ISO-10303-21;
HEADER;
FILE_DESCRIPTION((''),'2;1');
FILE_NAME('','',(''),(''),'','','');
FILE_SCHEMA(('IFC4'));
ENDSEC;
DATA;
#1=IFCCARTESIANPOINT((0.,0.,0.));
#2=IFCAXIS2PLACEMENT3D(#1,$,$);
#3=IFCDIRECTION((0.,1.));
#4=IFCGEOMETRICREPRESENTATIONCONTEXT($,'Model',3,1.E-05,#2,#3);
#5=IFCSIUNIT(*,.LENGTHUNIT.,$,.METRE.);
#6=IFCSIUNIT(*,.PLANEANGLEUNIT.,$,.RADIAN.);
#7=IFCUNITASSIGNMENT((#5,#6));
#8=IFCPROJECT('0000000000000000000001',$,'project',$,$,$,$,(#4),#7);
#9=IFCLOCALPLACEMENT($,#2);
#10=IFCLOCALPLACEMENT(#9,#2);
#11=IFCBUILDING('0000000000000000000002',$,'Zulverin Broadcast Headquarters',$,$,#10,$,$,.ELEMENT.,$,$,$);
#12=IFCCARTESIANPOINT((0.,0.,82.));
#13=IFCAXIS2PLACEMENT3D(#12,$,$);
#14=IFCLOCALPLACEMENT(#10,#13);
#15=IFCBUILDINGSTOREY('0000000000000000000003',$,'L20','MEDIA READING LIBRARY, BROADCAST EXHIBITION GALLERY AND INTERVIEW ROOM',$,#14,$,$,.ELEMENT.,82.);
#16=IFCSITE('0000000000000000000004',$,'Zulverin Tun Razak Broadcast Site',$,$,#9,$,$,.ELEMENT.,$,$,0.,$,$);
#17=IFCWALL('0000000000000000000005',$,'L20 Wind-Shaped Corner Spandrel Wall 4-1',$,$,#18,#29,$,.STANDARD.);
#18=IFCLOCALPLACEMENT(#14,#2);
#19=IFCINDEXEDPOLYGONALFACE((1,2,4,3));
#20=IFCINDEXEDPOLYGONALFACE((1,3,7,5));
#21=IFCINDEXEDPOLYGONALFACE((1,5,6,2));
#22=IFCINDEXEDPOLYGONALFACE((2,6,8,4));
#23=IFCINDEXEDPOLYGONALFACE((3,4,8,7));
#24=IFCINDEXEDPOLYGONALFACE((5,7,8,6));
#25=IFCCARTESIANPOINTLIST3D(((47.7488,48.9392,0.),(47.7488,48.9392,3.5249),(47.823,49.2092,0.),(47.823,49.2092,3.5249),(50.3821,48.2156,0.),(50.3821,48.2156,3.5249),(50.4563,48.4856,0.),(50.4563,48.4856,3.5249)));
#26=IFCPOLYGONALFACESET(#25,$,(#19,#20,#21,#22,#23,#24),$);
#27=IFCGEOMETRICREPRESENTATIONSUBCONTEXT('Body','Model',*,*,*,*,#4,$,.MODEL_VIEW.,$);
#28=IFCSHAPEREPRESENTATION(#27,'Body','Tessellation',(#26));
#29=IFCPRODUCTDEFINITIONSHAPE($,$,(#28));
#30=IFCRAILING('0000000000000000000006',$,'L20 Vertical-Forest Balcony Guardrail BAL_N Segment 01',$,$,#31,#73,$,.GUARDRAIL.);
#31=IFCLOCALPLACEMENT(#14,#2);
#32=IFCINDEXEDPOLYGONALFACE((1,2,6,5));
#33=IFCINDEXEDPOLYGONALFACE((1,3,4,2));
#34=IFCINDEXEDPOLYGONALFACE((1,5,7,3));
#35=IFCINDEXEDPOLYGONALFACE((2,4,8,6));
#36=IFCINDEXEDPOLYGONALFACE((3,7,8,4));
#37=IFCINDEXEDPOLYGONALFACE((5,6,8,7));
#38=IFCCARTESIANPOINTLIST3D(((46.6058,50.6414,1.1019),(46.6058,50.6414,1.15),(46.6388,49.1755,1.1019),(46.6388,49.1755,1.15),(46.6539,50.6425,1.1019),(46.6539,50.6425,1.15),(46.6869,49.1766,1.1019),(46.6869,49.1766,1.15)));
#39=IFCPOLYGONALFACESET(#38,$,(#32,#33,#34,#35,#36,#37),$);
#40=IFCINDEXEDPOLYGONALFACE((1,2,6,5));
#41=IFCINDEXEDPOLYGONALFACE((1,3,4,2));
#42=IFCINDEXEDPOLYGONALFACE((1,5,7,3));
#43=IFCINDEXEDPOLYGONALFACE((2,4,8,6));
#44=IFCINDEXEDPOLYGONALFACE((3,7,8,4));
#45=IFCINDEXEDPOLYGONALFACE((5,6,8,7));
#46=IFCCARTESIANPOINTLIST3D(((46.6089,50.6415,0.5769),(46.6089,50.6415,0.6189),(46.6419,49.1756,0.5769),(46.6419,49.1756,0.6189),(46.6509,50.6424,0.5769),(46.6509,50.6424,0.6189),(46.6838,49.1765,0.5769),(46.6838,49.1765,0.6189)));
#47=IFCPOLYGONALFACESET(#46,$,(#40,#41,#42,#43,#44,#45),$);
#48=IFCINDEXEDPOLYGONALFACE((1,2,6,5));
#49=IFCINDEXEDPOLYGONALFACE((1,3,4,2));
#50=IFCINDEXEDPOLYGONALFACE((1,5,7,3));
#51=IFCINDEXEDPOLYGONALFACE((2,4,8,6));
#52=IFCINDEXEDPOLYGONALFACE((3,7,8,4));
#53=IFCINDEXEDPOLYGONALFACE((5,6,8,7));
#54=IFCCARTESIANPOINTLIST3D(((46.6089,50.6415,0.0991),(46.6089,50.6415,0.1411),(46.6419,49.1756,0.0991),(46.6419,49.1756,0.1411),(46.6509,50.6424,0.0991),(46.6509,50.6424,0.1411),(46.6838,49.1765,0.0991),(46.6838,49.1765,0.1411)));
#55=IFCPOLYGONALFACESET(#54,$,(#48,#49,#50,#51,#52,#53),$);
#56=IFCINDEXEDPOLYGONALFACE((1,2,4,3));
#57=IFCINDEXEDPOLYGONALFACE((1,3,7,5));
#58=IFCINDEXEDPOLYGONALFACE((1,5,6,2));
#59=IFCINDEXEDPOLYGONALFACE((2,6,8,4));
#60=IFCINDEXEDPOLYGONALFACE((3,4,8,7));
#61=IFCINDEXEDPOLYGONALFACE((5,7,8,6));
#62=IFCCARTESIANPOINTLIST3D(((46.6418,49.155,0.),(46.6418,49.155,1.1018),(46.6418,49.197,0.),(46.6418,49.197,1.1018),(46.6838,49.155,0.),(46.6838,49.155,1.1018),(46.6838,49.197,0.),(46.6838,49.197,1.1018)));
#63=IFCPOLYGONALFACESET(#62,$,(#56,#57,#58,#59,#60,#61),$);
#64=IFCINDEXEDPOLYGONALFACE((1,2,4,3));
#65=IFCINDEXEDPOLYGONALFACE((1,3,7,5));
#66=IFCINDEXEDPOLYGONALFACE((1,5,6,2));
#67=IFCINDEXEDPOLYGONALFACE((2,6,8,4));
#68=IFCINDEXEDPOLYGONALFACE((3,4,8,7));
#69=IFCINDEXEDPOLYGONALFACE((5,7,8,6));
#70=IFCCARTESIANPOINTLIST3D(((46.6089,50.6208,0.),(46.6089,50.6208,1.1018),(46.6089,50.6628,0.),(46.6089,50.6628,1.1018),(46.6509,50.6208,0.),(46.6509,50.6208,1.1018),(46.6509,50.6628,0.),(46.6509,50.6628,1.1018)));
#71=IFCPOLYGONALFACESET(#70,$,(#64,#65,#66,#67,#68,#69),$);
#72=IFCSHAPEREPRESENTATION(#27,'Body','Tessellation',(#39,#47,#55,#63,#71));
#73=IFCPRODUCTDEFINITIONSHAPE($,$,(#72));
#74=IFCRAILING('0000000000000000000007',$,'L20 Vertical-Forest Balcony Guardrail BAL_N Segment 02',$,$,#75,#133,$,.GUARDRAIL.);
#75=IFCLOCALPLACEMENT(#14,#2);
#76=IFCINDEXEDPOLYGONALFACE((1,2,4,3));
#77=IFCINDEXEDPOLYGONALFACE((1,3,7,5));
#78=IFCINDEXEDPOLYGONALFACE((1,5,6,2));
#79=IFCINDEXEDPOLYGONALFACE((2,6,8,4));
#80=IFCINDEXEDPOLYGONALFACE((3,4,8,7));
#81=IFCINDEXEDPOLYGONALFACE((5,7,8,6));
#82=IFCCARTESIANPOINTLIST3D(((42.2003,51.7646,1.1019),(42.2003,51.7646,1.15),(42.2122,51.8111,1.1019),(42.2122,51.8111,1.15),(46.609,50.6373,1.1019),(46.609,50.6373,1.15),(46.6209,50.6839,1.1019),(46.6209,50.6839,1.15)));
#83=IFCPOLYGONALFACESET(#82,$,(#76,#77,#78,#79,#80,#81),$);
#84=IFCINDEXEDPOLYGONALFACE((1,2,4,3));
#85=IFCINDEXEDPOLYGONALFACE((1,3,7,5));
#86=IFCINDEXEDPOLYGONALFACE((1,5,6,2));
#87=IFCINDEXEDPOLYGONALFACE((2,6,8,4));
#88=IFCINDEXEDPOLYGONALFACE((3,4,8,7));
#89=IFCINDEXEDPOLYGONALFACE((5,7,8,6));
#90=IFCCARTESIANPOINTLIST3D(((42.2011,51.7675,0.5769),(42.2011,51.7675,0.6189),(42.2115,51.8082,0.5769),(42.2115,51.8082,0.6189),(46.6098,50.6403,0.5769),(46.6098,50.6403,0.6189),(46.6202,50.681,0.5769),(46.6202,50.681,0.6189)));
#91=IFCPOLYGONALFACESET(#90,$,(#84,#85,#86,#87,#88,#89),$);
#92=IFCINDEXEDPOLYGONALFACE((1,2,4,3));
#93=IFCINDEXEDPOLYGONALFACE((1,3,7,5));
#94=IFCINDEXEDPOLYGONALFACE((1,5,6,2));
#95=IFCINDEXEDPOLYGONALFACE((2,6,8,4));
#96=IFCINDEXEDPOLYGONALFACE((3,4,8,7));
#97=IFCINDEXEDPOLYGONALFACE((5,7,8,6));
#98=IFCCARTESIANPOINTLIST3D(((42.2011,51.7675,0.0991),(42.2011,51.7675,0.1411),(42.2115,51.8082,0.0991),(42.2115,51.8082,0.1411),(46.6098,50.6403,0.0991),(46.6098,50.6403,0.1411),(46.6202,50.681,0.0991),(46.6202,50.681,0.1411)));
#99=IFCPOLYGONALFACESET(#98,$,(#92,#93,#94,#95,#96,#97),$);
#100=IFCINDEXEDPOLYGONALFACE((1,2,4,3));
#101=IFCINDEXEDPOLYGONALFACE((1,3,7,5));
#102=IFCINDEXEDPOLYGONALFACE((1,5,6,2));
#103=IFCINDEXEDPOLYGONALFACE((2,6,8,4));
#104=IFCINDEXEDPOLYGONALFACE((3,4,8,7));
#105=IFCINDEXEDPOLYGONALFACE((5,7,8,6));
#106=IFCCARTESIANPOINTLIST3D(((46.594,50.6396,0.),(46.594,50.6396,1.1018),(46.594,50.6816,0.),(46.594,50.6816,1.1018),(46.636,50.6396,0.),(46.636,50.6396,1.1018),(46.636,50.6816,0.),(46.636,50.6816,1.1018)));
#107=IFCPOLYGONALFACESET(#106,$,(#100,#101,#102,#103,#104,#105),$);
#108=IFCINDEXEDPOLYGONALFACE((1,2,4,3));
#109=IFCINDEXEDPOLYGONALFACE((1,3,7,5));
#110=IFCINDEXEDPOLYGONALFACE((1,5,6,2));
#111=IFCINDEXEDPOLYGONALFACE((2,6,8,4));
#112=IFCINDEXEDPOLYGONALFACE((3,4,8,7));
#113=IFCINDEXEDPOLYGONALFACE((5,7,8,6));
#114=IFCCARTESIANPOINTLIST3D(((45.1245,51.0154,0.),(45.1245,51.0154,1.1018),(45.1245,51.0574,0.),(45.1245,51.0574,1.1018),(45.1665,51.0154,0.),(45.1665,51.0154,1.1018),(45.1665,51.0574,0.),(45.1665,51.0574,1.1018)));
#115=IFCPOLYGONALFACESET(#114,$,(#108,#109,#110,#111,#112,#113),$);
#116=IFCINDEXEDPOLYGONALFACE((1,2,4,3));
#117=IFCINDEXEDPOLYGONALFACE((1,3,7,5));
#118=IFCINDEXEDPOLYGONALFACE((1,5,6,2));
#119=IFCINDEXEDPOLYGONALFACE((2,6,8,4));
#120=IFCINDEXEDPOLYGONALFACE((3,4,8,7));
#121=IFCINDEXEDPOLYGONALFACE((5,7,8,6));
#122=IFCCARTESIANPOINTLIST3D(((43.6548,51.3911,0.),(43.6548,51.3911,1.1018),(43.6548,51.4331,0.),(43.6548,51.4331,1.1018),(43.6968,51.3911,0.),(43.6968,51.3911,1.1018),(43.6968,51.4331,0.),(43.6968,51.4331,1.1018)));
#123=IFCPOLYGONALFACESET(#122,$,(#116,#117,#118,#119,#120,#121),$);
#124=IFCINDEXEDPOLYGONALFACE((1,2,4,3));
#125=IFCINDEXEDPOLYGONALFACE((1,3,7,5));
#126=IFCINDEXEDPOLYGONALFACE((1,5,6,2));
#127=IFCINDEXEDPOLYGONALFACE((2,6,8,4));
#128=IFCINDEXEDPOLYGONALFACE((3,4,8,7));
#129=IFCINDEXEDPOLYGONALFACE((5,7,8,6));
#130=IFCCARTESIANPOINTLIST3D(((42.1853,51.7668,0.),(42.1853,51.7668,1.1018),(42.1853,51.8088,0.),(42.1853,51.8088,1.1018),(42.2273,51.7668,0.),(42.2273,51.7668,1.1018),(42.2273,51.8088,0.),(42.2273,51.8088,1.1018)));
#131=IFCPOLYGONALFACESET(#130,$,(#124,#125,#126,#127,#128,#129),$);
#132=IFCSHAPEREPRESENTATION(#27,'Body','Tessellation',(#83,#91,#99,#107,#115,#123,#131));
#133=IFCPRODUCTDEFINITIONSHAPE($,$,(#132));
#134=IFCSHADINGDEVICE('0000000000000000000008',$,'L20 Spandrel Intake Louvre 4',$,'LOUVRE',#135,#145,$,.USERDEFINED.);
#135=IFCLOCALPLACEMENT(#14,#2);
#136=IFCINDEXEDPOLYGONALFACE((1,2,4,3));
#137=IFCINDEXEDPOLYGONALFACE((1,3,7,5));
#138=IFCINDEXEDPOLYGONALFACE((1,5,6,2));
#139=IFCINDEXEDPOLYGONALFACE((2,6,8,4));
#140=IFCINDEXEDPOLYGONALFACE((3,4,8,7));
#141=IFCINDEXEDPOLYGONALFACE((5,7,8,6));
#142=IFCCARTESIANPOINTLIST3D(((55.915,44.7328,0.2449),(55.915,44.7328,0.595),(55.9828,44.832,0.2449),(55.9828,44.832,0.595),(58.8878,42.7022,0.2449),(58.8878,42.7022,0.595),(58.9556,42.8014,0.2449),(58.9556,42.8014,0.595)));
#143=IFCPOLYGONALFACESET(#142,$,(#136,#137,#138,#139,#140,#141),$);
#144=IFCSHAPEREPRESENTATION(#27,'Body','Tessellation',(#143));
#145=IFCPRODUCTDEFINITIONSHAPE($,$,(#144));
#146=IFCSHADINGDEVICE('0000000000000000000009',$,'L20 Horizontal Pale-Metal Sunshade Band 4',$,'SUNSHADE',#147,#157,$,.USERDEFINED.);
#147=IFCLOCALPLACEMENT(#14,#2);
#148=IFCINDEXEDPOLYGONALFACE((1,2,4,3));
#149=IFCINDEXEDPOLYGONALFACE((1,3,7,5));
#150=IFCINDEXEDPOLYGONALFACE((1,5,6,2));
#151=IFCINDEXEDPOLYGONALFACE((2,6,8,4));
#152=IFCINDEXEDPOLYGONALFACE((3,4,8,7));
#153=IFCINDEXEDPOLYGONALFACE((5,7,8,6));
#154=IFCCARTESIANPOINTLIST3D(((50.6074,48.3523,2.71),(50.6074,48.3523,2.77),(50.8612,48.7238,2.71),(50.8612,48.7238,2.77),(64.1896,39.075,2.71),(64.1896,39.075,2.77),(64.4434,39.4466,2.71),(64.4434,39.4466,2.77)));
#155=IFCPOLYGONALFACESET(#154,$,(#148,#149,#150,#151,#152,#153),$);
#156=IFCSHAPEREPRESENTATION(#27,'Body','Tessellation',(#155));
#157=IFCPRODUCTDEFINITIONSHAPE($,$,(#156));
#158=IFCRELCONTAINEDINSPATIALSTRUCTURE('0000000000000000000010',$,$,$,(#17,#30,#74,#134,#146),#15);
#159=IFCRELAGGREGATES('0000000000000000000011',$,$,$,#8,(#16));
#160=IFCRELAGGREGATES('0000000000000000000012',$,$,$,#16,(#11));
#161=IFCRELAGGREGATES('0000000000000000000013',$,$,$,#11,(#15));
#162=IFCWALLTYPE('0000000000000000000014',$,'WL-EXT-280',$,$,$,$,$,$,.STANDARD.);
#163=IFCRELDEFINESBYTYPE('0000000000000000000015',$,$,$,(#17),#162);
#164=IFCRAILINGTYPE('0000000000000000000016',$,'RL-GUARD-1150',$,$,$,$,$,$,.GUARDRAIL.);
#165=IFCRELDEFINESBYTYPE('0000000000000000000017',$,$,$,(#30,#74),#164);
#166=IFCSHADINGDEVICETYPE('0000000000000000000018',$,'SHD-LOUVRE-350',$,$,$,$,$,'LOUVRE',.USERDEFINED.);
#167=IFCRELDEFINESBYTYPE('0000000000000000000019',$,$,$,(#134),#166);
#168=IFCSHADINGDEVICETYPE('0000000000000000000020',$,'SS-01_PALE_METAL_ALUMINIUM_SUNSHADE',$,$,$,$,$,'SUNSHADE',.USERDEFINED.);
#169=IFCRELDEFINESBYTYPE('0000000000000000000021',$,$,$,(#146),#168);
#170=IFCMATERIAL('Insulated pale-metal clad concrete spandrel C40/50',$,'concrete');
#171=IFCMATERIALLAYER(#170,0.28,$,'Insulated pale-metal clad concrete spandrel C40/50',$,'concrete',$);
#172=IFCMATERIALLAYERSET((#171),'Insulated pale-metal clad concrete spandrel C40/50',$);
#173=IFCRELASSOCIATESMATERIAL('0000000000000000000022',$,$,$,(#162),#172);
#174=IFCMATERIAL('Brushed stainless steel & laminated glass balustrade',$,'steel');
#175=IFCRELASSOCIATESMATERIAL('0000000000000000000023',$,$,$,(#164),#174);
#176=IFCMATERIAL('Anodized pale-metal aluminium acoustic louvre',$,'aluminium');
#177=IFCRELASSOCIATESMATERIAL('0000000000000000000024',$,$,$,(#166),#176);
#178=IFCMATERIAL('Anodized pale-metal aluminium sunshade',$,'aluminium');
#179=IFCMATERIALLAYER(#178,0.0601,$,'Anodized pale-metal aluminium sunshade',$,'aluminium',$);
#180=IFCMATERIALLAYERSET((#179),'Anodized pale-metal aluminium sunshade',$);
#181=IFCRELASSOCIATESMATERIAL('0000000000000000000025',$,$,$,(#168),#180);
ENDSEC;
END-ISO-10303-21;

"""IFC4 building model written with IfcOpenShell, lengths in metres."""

from ifc_helpers import new_model, si_unit, direction, frame, frame_2d, origin, origin_2d, place, context, subcontext, project, spatial, rectangle, extrude, material, layer, layer_set, type_object, element, save


model = new_model("IFC4")

# Units and contexts
model_context = context("Model", 3, precision=1e-05, world=origin(), true_north=direction((0.0, 1.0)))
body_context = subcontext(model_context, "Body", "Model", "MODEL_VIEW")
ifc_project = project(units=[si_unit("LENGTHUNIT", "METRE"), si_unit("PLANEANGLEUNIT", "RADIAN")], contexts=[model_context])

# Site, building, storey
site_placement = place(None, origin())
site = spatial("IfcSite", under=ifc_project, at=site_placement, Name="Zulverin Tun Razak Broadcast Site", CompositionType="ELEMENT", RefElevation=0.0)
building_placement = place(site_placement, origin())
building = spatial("IfcBuilding", under=site, at=building_placement, Name="Zulverin Broadcast Headquarters", CompositionType="ELEMENT")
storey_placement = place(building_placement, frame((0.0, 0.0, 82.0)))
storey = spatial("IfcBuildingStorey", under=building, at=storey_placement, Name="L20", Description="MEDIA READING LIBRARY, BROADCAST EXHIBITION GALLERY AND INTERVIEW ROOM", CompositionType="ELEMENT", Elevation=82.0)

# Shared definitions
ifc_material_1 = material(Name="Insulated pale-metal clad concrete spandrel C40/50", Category="concrete")
ifc_layer_1 = layer(ifc_material_1, 0.28, Name="Insulated pale-metal clad concrete spandrel C40/50", Category="concrete")
ifc_layer_set_1 = layer_set([ifc_layer_1], Name="Insulated pale-metal clad concrete spandrel C40/50")
wall_type = type_object("IfcWallType", Name="WL-EXT-280", PredefinedType="STANDARD", material=ifc_layer_set_1)

# Wall
wall_1_placement = place(storey_placement, frame((50.4192, 48.3506, 0.0), z_axis=(0.0, 0.0, 1.0), x_axis=(-0.964255, 0.264978, 0.0)))
element("IfcWall", 1, at=wall_1_placement, inside=storey, type_object=wall_type, Name="L20 Wind-Shaped Corner Spandrel Wall 4-1", PredefinedType="STANDARD", context=body_context, shape_type="SweptSolid", body=[
    extrude(rectangle(XDim=2.731, YDim=0.28, at=frame_2d((1.3655, 0.0))), origin(), (0.0, 0.0, 1.0), 3.5249),
])

# Railings
ifc_material_2 = material(Name="Brushed stainless steel & laminated glass balustrade", Category="steel")
railing_type = type_object("IfcRailingType", Name="RL-GUARD-1150", PredefinedType="GUARDRAIL", material=ifc_material_2)
railing_1_placement = place(storey_placement, frame((46.6628, 49.176, 0.0)))
element("IfcRailing", 2, at=railing_1_placement, inside=storey, type_object=railing_type, Name="L20 Vertical-Forest Balcony Guardrail BAL_N Segment 01", PredefinedType="GUARDRAIL", context=body_context, shape_type="SweptSolid", body=[
    extrude(rectangle(XDim=0.0481, YDim=0.0481, at=origin_2d()), frame((0.0, 0.0, 1.126), z_axis=(-0.022479, 0.999747, 0.0), x_axis=(-0.999747, -0.022479, 0.0)), (0.0, 0.0, 1.0), 1.4663),
    extrude(rectangle(XDim=0.042, YDim=0.042, at=origin_2d()), frame((0.0, 0.0, 0.5979), z_axis=(-0.022479, 0.999747, 0.0), x_axis=(-0.999747, -0.022479, 0.0)), (0.0, 0.0, 1.0), 1.4663),
    extrude(rectangle(XDim=0.042, YDim=0.042, at=origin_2d()), frame((0.0, 0.0, 0.1201), z_axis=(-0.022479, 0.999747, 0.0), x_axis=(-0.999747, -0.022479, 0.0)), (0.0, 0.0, 1.0), 1.4663),
    extrude(rectangle(XDim=0.042, YDim=0.042, at=origin_2d()), origin(), (0.0, 0.0, 1.0), 1.1018),
    extrude(rectangle(XDim=0.042, YDim=0.042, at=origin_2d()), frame((-0.033, 1.4658, 0.0)), (0.0, 0.0, 1.0), 1.1018),
])
railing_2_placement = place(storey_placement, frame((46.615, 50.6606, 0.0)))
element("IfcRailing", 3, at=railing_2_placement, inside=storey, type_object=railing_type, Name="L20 Vertical-Forest Balcony Guardrail BAL_N Segment 02", PredefinedType="GUARDRAIL", context=body_context, shape_type="SweptSolid", body=[
    extrude(rectangle(XDim=0.0481, YDim=0.0481, at=origin_2d()), frame((0.0, 0.0, 1.126), z_axis=(-0.968835, 0.247708, 0.0), x_axis=(-0.247708, -0.968835, 0.0)), (0.0, 0.0, 1.0), 4.5505),
    extrude(rectangle(XDim=0.042, YDim=0.042, at=origin_2d()), frame((0.0, 0.0, 0.5979), z_axis=(-0.968835, 0.247708, 0.0), x_axis=(-0.247708, -0.968835, 0.0)), (0.0, 0.0, 1.0), 4.5505),
    extrude(rectangle(XDim=0.042, YDim=0.042, at=origin_2d()), frame((0.0, 0.0, 0.1201), z_axis=(-0.968835, 0.247708, 0.0), x_axis=(-0.247708, -0.968835, 0.0)), (0.0, 0.0, 1.0), 4.5505),
    extrude(rectangle(XDim=0.042, YDim=0.042, at=origin_2d()), origin(), (0.0, 0.0, 1.0), 1.1018),
    extrude(rectangle(XDim=0.042, YDim=0.042, at=origin_2d()), frame((-1.4695, 0.3757, 0.0)), (0.0, 0.0, 1.0), 1.1018),
    extrude(rectangle(XDim=0.042, YDim=0.042, at=origin_2d()), frame((-2.9392, 0.7515, 0.0)), (0.0, 0.0, 1.0), 1.1018),
    extrude(rectangle(XDim=0.042, YDim=0.042, at=origin_2d()), frame((-4.4087, 1.1272, 0.0)), (0.0, 0.0, 1.0), 1.1018),
])

# Shading devices
ifc_material_3 = material(Name="Anodized pale-metal aluminium acoustic louvre", Category="aluminium")
shading_device_type_1 = type_object("IfcShadingDeviceType", Name="SHD-LOUVRE-350", ElementType="LOUVRE", PredefinedType="USERDEFINED", material=ifc_material_3)
shading_device_1_placement = place(storey_placement, frame((57.4353, 43.7671, 0.2449), z_axis=(0.0, 0.0, 1.0), x_axis=(-0.825757, 0.564026, 0.0)))
element("IfcShadingDevice", 4, at=shading_device_1_placement, inside=storey, type_object=shading_device_type_1, Name="L20 Spandrel Intake Louvre 4", ObjectType="LOUVRE", PredefinedType="USERDEFINED", context=body_context, shape_type="SweptSolid", body=[
    extrude(rectangle(XDim=3.6001, YDim=0.1201, at=origin_2d()), origin(), (0.0, 0.0, 1.0), 0.3501),
])
ifc_material_4 = material(Name="Anodized pale-metal aluminium sunshade", Category="aluminium")
ifc_layer_2 = layer(ifc_material_4, 0.0601, Name="Anodized pale-metal aluminium sunshade", Category="aluminium")
ifc_layer_set_2 = layer_set([ifc_layer_2], Name="Anodized pale-metal aluminium sunshade")
shading_device_type_2 = type_object("IfcShadingDeviceType", Name="SS-01_PALE_METAL_ALUMINIUM_SUNSHADE", ElementType="SUNSHADE", PredefinedType="USERDEFINED", material=ifc_layer_set_2)
shading_device_2_placement = place(storey_placement, frame((57.5254, 43.8994, 2.71), z_axis=(0.0, 0.0, 1.0), x_axis=(-0.825757, 0.564026, 0.0)))
element("IfcShadingDevice", 5, at=shading_device_2_placement, inside=storey, type_object=shading_device_type_2, Name="L20 Horizontal Pale-Metal Sunshade Band 4", ObjectType="SUNSHADE", PredefinedType="USERDEFINED", context=body_context, shape_type="SweptSolid", body=[
    extrude(rectangle(XDim=16.4482, YDim=0.45, at=origin_2d()), origin(), (0.0, 0.0, 1.0), 0.0601),
])

save(model, "model.ifc")
